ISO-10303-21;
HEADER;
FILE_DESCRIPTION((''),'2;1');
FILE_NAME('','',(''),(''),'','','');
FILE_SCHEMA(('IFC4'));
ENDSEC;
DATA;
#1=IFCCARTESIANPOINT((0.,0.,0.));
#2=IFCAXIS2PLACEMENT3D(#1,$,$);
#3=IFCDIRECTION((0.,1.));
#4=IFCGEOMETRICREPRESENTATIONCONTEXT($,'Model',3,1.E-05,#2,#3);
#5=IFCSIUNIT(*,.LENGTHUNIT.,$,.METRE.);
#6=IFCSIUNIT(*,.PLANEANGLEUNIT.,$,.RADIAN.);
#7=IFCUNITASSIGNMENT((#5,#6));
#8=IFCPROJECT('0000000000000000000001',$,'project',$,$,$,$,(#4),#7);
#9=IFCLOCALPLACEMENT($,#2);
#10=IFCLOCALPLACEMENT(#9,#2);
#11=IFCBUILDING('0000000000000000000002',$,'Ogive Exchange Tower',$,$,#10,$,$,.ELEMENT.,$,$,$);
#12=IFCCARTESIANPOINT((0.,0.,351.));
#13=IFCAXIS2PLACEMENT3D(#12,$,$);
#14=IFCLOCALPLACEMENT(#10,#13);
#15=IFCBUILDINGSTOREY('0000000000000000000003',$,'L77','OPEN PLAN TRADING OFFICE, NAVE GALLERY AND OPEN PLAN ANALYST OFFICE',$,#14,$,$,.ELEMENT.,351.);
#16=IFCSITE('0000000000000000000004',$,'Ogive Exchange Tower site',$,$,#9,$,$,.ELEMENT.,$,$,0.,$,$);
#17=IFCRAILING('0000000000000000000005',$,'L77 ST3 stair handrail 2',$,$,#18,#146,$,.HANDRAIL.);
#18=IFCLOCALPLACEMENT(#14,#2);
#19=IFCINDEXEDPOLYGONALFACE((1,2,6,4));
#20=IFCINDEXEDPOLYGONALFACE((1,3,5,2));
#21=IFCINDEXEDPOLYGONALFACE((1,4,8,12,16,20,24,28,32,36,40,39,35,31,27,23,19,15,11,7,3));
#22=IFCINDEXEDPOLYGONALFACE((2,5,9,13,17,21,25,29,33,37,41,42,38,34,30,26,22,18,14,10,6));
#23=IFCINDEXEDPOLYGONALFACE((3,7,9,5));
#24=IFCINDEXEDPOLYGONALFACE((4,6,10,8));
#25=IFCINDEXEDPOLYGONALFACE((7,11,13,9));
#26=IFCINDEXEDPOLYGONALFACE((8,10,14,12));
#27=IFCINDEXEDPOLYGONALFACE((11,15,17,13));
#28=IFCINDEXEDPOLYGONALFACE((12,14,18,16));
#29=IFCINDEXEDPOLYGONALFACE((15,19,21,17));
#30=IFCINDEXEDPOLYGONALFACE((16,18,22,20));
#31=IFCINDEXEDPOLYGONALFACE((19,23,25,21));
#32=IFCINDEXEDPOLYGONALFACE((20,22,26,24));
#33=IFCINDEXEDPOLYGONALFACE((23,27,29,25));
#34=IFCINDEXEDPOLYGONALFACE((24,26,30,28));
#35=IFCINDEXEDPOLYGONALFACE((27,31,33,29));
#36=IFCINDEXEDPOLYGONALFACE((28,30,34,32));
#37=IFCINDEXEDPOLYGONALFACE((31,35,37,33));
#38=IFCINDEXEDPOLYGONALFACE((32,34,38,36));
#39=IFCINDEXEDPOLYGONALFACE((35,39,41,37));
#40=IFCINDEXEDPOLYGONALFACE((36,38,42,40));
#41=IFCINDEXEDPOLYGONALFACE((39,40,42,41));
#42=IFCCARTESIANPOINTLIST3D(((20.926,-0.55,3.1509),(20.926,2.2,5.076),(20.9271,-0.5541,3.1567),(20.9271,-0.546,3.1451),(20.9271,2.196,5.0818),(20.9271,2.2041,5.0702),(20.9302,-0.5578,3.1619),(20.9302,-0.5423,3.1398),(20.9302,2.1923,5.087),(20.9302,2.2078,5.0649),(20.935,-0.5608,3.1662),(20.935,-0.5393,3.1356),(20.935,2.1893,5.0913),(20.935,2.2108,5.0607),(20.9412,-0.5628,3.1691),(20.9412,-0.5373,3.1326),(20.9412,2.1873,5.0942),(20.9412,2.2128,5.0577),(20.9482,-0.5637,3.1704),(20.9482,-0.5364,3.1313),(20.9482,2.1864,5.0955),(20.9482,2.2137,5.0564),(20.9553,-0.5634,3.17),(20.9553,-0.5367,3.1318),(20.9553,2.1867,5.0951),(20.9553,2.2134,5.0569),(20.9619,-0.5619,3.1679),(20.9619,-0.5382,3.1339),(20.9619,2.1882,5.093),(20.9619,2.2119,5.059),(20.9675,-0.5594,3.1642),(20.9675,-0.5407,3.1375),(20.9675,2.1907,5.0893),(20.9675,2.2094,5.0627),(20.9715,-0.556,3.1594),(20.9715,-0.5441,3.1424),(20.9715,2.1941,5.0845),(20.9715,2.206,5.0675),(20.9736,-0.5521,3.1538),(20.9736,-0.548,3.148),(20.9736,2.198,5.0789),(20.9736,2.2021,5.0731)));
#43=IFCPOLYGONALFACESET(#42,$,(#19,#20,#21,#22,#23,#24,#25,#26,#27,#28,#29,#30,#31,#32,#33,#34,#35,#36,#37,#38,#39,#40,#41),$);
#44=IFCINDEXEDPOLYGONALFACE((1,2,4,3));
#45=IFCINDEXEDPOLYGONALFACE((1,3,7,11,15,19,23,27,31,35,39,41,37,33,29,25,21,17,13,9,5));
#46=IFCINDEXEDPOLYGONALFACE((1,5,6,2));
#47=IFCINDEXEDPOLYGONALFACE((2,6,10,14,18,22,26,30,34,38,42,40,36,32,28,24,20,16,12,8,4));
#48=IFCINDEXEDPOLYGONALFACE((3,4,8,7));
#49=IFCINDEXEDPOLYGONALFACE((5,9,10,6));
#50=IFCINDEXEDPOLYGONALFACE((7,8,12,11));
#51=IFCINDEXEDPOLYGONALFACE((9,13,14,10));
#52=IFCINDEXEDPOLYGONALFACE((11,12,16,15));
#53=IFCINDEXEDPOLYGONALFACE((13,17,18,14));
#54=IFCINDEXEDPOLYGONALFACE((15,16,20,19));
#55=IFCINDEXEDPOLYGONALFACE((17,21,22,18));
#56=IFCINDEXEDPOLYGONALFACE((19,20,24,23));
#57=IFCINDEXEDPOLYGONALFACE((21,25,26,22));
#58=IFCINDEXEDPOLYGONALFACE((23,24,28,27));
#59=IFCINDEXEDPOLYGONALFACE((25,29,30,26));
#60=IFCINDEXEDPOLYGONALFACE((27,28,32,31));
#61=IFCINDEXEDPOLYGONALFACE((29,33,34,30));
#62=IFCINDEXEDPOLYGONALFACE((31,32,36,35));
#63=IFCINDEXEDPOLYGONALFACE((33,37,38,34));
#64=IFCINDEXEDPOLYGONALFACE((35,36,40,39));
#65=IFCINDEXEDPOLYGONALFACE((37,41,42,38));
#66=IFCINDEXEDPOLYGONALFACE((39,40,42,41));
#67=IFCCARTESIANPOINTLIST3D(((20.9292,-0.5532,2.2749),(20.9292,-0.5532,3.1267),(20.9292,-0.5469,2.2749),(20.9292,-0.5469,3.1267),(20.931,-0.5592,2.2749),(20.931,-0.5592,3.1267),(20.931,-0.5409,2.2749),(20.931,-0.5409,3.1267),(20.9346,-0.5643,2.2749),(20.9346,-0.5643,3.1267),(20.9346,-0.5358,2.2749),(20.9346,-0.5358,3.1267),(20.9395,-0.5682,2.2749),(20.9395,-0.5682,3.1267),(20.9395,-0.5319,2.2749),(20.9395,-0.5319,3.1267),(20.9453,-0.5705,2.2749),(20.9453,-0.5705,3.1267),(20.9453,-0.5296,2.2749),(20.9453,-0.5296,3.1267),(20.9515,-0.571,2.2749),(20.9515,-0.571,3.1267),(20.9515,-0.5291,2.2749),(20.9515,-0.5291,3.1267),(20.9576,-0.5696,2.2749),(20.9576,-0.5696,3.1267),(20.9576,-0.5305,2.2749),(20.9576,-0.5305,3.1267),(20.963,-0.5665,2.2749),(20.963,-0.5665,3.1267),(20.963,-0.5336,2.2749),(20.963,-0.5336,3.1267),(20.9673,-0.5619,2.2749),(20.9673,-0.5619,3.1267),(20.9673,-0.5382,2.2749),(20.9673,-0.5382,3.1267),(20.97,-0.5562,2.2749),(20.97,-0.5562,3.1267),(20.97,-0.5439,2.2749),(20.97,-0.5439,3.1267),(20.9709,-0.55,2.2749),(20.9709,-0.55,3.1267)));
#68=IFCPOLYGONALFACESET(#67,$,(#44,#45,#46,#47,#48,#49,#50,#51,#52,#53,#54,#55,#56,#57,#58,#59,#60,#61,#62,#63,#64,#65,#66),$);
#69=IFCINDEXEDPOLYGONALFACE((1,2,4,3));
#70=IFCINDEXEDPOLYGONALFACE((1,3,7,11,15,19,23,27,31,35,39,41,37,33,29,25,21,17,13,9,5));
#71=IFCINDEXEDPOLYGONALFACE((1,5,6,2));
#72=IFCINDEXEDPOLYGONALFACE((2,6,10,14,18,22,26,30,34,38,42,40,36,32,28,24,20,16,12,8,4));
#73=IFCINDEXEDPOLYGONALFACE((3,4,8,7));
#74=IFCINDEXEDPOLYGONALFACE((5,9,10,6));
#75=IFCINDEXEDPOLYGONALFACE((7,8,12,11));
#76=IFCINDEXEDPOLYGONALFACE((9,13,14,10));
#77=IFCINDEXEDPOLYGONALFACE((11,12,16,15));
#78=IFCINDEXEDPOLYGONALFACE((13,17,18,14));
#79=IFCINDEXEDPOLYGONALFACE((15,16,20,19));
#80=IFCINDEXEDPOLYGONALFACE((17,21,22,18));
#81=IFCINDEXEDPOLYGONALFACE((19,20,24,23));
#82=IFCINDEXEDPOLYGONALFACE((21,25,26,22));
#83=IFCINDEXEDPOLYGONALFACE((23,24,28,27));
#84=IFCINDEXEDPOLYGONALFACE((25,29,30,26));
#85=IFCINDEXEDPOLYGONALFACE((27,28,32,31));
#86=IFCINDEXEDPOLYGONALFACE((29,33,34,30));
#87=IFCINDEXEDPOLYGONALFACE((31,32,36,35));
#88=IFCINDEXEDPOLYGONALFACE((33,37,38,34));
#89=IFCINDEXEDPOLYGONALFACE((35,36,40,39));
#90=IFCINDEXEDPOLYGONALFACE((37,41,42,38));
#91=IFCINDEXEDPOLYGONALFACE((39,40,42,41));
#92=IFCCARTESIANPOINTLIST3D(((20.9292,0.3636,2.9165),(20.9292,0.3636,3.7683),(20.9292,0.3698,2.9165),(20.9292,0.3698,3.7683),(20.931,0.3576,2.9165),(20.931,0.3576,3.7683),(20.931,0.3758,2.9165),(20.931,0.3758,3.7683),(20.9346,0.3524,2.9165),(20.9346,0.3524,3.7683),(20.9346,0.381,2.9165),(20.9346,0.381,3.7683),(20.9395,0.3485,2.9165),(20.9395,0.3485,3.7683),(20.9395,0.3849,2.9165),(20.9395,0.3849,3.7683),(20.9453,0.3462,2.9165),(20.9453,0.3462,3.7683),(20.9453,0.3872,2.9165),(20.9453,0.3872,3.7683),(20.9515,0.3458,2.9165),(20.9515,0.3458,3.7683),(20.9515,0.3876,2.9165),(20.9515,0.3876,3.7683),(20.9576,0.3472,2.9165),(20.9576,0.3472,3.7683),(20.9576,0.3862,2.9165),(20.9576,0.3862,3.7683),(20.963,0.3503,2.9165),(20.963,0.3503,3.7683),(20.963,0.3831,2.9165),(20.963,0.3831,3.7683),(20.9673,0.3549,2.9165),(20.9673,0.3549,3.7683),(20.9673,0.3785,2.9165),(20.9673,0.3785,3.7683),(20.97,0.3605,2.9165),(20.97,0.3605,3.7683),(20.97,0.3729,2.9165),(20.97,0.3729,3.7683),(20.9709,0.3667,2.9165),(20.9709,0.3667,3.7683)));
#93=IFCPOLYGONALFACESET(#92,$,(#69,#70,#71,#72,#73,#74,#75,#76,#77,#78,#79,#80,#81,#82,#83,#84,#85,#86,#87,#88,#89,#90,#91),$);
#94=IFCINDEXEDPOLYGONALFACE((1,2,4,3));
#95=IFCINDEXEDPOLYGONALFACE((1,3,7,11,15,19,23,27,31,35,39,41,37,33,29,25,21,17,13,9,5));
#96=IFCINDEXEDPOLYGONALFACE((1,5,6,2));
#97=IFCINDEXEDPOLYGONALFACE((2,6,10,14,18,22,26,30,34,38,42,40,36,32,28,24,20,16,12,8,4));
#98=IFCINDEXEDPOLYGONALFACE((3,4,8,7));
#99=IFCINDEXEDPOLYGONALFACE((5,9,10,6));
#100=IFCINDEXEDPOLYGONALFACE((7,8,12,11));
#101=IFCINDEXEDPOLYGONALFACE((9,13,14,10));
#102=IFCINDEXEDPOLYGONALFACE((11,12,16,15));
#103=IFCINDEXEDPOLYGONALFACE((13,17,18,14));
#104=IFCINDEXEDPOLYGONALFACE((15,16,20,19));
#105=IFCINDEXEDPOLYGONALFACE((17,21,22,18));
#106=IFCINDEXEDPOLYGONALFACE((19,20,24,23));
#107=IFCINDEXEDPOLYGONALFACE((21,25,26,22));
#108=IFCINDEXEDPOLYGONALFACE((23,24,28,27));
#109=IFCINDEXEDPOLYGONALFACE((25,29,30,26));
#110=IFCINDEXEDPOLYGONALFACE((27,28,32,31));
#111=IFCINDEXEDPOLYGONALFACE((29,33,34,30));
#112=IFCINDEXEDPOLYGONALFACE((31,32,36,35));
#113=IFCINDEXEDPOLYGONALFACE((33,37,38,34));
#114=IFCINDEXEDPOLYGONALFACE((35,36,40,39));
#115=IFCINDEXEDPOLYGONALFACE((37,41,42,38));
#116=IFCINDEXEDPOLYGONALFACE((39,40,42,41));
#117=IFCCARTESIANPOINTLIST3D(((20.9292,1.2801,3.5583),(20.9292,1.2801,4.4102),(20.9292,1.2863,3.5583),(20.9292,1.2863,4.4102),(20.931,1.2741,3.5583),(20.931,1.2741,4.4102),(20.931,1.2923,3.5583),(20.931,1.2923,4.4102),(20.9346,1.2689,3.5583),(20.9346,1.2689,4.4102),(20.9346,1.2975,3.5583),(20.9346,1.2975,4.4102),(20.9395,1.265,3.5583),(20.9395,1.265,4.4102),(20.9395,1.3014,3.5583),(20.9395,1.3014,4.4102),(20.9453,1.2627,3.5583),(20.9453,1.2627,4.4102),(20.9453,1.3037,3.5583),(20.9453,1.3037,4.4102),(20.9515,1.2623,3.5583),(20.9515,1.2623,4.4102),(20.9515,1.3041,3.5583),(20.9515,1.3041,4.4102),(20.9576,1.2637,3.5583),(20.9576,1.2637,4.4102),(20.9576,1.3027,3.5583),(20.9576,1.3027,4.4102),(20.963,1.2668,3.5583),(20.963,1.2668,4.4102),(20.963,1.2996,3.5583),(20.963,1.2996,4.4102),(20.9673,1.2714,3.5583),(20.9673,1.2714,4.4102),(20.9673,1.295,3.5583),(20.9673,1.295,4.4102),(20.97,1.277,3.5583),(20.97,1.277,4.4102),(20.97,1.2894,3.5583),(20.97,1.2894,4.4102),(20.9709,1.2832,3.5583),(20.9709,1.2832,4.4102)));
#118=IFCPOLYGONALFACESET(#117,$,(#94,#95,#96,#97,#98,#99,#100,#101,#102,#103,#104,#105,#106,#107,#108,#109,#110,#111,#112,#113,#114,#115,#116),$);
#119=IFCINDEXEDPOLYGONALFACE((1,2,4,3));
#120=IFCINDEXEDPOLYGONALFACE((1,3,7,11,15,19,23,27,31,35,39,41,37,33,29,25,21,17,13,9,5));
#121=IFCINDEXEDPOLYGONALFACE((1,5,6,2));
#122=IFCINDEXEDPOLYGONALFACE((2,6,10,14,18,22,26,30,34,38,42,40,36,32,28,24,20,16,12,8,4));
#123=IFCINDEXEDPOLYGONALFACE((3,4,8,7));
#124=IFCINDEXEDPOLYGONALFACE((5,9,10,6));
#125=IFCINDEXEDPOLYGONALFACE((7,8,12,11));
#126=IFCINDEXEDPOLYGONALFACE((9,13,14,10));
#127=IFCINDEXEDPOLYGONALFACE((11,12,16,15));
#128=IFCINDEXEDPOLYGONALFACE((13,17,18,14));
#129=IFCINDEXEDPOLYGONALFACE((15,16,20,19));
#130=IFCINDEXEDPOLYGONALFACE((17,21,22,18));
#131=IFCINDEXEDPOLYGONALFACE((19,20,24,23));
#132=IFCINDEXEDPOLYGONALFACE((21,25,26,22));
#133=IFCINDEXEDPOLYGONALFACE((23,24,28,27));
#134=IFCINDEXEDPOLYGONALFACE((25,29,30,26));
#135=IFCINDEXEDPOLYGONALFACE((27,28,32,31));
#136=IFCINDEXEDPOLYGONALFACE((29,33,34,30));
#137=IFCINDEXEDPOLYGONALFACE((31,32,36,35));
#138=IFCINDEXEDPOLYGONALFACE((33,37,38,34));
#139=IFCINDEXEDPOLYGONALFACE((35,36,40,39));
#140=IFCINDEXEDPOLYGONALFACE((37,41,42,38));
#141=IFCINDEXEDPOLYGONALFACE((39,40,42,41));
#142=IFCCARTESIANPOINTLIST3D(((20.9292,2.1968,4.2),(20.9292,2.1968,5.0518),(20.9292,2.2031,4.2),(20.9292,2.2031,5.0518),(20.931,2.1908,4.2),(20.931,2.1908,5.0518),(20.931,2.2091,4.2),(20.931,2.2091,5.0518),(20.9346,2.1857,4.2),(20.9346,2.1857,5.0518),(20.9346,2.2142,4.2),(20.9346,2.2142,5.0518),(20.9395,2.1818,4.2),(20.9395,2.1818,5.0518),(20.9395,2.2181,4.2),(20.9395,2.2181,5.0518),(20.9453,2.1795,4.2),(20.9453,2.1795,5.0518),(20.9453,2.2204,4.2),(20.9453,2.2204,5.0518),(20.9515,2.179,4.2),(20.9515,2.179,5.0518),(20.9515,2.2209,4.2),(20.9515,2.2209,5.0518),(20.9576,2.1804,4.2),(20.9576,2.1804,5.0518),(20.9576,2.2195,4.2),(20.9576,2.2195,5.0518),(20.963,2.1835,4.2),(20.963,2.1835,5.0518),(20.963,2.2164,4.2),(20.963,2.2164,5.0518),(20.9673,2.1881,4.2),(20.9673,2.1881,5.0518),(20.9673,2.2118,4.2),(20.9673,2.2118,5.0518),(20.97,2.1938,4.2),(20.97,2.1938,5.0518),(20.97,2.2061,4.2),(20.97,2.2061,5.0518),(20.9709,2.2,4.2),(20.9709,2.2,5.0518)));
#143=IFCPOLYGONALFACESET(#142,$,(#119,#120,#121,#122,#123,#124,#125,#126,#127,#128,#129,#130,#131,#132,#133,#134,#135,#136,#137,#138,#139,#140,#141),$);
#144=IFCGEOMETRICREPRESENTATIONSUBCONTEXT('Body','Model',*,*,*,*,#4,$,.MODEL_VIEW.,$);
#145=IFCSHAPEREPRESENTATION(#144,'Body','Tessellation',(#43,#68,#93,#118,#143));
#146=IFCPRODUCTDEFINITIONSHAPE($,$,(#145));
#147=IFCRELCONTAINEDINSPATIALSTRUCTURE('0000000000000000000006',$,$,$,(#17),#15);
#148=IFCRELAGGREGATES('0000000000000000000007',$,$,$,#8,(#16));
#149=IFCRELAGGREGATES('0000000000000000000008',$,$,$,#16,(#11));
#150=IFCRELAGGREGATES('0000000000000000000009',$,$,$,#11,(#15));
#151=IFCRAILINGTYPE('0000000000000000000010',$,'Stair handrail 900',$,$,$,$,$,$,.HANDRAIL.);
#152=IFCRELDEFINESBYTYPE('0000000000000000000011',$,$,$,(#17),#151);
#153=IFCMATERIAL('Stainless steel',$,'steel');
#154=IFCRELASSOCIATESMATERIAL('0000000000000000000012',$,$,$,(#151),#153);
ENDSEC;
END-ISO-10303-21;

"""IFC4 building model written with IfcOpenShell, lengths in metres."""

from ifc_helpers import new_model, si_unit, direction, frame, origin, origin_2d, place, context, subcontext, project, spatial, circle, extrude, material, type_object, element, save


model = new_model("IFC4")

# Units and contexts
model_context = context("Model", 3, precision=1e-05, world=origin(), true_north=direction((0.0, 1.0)))
body_context = subcontext(model_context, "Body", "Model", "MODEL_VIEW")
ifc_project = project(units=[si_unit("LENGTHUNIT", "METRE"), si_unit("PLANEANGLEUNIT", "RADIAN")], contexts=[model_context])

# Site, building, storey
site_placement = place(None, origin())
site = spatial("IfcSite", under=ifc_project, at=site_placement, Name="Ogive Exchange Tower site", CompositionType="ELEMENT", RefElevation=0.0)
building_placement = place(site_placement, origin())
building = spatial("IfcBuilding", under=site, at=building_placement, Name="Ogive Exchange Tower", CompositionType="ELEMENT")
storey_placement = place(building_placement, frame((0.0, 0.0, 351.0)))
storey = spatial("IfcBuildingStorey", under=building, at=storey_placement, Name="L77", Description="OPEN PLAN TRADING OFFICE, NAVE GALLERY AND OPEN PLAN ANALYST OFFICE", CompositionType="ELEMENT", Elevation=351.0)

# Shared definitions
ifc_material_1 = material(Name="Stainless steel", Category="steel")

# Railing
railing_type = type_object("IfcRailingType", Name="Stair handrail 900", PredefinedType="HANDRAIL", material=ifc_material_1)
railing_1_placement = place(storey_placement, frame((20.95, -0.55, 2.2749)))
element("IfcRailing", 1, at=railing_1_placement, inside=storey, type_object=railing_type, Name="L77 ST3 stair handrail 2", PredefinedType="HANDRAIL", context=body_context, shape_type="SweptSolid", body=[
    extrude(circle(Radius=0.0239, at=origin_2d()), frame((0.0, 0.0, 0.876), z_axis=(0.0, 0.819225, 0.573472), x_axis=(-1.0, 0.0, 0.0)), (0.0, 0.0, 1.0), 3.3569),
    extrude(circle(Radius=0.021, at=origin_2d()), origin(), (0.0, 0.0, 1.0), 0.8518),
    extrude(circle(Radius=0.021, at=origin_2d()), frame((0.0, 0.9167, 0.6416)), (0.0, 0.0, 1.0), 0.8518),
    extrude(circle(Radius=0.021, at=origin_2d()), frame((0.0, 1.8333, 1.2834)), (0.0, 0.0, 1.0), 0.8518),
    extrude(circle(Radius=0.021, at=origin_2d()), frame((0.0, 2.75, 1.925)), (0.0, 0.0, 1.0), 0.8518),
])

save(model, "model.ifc")
